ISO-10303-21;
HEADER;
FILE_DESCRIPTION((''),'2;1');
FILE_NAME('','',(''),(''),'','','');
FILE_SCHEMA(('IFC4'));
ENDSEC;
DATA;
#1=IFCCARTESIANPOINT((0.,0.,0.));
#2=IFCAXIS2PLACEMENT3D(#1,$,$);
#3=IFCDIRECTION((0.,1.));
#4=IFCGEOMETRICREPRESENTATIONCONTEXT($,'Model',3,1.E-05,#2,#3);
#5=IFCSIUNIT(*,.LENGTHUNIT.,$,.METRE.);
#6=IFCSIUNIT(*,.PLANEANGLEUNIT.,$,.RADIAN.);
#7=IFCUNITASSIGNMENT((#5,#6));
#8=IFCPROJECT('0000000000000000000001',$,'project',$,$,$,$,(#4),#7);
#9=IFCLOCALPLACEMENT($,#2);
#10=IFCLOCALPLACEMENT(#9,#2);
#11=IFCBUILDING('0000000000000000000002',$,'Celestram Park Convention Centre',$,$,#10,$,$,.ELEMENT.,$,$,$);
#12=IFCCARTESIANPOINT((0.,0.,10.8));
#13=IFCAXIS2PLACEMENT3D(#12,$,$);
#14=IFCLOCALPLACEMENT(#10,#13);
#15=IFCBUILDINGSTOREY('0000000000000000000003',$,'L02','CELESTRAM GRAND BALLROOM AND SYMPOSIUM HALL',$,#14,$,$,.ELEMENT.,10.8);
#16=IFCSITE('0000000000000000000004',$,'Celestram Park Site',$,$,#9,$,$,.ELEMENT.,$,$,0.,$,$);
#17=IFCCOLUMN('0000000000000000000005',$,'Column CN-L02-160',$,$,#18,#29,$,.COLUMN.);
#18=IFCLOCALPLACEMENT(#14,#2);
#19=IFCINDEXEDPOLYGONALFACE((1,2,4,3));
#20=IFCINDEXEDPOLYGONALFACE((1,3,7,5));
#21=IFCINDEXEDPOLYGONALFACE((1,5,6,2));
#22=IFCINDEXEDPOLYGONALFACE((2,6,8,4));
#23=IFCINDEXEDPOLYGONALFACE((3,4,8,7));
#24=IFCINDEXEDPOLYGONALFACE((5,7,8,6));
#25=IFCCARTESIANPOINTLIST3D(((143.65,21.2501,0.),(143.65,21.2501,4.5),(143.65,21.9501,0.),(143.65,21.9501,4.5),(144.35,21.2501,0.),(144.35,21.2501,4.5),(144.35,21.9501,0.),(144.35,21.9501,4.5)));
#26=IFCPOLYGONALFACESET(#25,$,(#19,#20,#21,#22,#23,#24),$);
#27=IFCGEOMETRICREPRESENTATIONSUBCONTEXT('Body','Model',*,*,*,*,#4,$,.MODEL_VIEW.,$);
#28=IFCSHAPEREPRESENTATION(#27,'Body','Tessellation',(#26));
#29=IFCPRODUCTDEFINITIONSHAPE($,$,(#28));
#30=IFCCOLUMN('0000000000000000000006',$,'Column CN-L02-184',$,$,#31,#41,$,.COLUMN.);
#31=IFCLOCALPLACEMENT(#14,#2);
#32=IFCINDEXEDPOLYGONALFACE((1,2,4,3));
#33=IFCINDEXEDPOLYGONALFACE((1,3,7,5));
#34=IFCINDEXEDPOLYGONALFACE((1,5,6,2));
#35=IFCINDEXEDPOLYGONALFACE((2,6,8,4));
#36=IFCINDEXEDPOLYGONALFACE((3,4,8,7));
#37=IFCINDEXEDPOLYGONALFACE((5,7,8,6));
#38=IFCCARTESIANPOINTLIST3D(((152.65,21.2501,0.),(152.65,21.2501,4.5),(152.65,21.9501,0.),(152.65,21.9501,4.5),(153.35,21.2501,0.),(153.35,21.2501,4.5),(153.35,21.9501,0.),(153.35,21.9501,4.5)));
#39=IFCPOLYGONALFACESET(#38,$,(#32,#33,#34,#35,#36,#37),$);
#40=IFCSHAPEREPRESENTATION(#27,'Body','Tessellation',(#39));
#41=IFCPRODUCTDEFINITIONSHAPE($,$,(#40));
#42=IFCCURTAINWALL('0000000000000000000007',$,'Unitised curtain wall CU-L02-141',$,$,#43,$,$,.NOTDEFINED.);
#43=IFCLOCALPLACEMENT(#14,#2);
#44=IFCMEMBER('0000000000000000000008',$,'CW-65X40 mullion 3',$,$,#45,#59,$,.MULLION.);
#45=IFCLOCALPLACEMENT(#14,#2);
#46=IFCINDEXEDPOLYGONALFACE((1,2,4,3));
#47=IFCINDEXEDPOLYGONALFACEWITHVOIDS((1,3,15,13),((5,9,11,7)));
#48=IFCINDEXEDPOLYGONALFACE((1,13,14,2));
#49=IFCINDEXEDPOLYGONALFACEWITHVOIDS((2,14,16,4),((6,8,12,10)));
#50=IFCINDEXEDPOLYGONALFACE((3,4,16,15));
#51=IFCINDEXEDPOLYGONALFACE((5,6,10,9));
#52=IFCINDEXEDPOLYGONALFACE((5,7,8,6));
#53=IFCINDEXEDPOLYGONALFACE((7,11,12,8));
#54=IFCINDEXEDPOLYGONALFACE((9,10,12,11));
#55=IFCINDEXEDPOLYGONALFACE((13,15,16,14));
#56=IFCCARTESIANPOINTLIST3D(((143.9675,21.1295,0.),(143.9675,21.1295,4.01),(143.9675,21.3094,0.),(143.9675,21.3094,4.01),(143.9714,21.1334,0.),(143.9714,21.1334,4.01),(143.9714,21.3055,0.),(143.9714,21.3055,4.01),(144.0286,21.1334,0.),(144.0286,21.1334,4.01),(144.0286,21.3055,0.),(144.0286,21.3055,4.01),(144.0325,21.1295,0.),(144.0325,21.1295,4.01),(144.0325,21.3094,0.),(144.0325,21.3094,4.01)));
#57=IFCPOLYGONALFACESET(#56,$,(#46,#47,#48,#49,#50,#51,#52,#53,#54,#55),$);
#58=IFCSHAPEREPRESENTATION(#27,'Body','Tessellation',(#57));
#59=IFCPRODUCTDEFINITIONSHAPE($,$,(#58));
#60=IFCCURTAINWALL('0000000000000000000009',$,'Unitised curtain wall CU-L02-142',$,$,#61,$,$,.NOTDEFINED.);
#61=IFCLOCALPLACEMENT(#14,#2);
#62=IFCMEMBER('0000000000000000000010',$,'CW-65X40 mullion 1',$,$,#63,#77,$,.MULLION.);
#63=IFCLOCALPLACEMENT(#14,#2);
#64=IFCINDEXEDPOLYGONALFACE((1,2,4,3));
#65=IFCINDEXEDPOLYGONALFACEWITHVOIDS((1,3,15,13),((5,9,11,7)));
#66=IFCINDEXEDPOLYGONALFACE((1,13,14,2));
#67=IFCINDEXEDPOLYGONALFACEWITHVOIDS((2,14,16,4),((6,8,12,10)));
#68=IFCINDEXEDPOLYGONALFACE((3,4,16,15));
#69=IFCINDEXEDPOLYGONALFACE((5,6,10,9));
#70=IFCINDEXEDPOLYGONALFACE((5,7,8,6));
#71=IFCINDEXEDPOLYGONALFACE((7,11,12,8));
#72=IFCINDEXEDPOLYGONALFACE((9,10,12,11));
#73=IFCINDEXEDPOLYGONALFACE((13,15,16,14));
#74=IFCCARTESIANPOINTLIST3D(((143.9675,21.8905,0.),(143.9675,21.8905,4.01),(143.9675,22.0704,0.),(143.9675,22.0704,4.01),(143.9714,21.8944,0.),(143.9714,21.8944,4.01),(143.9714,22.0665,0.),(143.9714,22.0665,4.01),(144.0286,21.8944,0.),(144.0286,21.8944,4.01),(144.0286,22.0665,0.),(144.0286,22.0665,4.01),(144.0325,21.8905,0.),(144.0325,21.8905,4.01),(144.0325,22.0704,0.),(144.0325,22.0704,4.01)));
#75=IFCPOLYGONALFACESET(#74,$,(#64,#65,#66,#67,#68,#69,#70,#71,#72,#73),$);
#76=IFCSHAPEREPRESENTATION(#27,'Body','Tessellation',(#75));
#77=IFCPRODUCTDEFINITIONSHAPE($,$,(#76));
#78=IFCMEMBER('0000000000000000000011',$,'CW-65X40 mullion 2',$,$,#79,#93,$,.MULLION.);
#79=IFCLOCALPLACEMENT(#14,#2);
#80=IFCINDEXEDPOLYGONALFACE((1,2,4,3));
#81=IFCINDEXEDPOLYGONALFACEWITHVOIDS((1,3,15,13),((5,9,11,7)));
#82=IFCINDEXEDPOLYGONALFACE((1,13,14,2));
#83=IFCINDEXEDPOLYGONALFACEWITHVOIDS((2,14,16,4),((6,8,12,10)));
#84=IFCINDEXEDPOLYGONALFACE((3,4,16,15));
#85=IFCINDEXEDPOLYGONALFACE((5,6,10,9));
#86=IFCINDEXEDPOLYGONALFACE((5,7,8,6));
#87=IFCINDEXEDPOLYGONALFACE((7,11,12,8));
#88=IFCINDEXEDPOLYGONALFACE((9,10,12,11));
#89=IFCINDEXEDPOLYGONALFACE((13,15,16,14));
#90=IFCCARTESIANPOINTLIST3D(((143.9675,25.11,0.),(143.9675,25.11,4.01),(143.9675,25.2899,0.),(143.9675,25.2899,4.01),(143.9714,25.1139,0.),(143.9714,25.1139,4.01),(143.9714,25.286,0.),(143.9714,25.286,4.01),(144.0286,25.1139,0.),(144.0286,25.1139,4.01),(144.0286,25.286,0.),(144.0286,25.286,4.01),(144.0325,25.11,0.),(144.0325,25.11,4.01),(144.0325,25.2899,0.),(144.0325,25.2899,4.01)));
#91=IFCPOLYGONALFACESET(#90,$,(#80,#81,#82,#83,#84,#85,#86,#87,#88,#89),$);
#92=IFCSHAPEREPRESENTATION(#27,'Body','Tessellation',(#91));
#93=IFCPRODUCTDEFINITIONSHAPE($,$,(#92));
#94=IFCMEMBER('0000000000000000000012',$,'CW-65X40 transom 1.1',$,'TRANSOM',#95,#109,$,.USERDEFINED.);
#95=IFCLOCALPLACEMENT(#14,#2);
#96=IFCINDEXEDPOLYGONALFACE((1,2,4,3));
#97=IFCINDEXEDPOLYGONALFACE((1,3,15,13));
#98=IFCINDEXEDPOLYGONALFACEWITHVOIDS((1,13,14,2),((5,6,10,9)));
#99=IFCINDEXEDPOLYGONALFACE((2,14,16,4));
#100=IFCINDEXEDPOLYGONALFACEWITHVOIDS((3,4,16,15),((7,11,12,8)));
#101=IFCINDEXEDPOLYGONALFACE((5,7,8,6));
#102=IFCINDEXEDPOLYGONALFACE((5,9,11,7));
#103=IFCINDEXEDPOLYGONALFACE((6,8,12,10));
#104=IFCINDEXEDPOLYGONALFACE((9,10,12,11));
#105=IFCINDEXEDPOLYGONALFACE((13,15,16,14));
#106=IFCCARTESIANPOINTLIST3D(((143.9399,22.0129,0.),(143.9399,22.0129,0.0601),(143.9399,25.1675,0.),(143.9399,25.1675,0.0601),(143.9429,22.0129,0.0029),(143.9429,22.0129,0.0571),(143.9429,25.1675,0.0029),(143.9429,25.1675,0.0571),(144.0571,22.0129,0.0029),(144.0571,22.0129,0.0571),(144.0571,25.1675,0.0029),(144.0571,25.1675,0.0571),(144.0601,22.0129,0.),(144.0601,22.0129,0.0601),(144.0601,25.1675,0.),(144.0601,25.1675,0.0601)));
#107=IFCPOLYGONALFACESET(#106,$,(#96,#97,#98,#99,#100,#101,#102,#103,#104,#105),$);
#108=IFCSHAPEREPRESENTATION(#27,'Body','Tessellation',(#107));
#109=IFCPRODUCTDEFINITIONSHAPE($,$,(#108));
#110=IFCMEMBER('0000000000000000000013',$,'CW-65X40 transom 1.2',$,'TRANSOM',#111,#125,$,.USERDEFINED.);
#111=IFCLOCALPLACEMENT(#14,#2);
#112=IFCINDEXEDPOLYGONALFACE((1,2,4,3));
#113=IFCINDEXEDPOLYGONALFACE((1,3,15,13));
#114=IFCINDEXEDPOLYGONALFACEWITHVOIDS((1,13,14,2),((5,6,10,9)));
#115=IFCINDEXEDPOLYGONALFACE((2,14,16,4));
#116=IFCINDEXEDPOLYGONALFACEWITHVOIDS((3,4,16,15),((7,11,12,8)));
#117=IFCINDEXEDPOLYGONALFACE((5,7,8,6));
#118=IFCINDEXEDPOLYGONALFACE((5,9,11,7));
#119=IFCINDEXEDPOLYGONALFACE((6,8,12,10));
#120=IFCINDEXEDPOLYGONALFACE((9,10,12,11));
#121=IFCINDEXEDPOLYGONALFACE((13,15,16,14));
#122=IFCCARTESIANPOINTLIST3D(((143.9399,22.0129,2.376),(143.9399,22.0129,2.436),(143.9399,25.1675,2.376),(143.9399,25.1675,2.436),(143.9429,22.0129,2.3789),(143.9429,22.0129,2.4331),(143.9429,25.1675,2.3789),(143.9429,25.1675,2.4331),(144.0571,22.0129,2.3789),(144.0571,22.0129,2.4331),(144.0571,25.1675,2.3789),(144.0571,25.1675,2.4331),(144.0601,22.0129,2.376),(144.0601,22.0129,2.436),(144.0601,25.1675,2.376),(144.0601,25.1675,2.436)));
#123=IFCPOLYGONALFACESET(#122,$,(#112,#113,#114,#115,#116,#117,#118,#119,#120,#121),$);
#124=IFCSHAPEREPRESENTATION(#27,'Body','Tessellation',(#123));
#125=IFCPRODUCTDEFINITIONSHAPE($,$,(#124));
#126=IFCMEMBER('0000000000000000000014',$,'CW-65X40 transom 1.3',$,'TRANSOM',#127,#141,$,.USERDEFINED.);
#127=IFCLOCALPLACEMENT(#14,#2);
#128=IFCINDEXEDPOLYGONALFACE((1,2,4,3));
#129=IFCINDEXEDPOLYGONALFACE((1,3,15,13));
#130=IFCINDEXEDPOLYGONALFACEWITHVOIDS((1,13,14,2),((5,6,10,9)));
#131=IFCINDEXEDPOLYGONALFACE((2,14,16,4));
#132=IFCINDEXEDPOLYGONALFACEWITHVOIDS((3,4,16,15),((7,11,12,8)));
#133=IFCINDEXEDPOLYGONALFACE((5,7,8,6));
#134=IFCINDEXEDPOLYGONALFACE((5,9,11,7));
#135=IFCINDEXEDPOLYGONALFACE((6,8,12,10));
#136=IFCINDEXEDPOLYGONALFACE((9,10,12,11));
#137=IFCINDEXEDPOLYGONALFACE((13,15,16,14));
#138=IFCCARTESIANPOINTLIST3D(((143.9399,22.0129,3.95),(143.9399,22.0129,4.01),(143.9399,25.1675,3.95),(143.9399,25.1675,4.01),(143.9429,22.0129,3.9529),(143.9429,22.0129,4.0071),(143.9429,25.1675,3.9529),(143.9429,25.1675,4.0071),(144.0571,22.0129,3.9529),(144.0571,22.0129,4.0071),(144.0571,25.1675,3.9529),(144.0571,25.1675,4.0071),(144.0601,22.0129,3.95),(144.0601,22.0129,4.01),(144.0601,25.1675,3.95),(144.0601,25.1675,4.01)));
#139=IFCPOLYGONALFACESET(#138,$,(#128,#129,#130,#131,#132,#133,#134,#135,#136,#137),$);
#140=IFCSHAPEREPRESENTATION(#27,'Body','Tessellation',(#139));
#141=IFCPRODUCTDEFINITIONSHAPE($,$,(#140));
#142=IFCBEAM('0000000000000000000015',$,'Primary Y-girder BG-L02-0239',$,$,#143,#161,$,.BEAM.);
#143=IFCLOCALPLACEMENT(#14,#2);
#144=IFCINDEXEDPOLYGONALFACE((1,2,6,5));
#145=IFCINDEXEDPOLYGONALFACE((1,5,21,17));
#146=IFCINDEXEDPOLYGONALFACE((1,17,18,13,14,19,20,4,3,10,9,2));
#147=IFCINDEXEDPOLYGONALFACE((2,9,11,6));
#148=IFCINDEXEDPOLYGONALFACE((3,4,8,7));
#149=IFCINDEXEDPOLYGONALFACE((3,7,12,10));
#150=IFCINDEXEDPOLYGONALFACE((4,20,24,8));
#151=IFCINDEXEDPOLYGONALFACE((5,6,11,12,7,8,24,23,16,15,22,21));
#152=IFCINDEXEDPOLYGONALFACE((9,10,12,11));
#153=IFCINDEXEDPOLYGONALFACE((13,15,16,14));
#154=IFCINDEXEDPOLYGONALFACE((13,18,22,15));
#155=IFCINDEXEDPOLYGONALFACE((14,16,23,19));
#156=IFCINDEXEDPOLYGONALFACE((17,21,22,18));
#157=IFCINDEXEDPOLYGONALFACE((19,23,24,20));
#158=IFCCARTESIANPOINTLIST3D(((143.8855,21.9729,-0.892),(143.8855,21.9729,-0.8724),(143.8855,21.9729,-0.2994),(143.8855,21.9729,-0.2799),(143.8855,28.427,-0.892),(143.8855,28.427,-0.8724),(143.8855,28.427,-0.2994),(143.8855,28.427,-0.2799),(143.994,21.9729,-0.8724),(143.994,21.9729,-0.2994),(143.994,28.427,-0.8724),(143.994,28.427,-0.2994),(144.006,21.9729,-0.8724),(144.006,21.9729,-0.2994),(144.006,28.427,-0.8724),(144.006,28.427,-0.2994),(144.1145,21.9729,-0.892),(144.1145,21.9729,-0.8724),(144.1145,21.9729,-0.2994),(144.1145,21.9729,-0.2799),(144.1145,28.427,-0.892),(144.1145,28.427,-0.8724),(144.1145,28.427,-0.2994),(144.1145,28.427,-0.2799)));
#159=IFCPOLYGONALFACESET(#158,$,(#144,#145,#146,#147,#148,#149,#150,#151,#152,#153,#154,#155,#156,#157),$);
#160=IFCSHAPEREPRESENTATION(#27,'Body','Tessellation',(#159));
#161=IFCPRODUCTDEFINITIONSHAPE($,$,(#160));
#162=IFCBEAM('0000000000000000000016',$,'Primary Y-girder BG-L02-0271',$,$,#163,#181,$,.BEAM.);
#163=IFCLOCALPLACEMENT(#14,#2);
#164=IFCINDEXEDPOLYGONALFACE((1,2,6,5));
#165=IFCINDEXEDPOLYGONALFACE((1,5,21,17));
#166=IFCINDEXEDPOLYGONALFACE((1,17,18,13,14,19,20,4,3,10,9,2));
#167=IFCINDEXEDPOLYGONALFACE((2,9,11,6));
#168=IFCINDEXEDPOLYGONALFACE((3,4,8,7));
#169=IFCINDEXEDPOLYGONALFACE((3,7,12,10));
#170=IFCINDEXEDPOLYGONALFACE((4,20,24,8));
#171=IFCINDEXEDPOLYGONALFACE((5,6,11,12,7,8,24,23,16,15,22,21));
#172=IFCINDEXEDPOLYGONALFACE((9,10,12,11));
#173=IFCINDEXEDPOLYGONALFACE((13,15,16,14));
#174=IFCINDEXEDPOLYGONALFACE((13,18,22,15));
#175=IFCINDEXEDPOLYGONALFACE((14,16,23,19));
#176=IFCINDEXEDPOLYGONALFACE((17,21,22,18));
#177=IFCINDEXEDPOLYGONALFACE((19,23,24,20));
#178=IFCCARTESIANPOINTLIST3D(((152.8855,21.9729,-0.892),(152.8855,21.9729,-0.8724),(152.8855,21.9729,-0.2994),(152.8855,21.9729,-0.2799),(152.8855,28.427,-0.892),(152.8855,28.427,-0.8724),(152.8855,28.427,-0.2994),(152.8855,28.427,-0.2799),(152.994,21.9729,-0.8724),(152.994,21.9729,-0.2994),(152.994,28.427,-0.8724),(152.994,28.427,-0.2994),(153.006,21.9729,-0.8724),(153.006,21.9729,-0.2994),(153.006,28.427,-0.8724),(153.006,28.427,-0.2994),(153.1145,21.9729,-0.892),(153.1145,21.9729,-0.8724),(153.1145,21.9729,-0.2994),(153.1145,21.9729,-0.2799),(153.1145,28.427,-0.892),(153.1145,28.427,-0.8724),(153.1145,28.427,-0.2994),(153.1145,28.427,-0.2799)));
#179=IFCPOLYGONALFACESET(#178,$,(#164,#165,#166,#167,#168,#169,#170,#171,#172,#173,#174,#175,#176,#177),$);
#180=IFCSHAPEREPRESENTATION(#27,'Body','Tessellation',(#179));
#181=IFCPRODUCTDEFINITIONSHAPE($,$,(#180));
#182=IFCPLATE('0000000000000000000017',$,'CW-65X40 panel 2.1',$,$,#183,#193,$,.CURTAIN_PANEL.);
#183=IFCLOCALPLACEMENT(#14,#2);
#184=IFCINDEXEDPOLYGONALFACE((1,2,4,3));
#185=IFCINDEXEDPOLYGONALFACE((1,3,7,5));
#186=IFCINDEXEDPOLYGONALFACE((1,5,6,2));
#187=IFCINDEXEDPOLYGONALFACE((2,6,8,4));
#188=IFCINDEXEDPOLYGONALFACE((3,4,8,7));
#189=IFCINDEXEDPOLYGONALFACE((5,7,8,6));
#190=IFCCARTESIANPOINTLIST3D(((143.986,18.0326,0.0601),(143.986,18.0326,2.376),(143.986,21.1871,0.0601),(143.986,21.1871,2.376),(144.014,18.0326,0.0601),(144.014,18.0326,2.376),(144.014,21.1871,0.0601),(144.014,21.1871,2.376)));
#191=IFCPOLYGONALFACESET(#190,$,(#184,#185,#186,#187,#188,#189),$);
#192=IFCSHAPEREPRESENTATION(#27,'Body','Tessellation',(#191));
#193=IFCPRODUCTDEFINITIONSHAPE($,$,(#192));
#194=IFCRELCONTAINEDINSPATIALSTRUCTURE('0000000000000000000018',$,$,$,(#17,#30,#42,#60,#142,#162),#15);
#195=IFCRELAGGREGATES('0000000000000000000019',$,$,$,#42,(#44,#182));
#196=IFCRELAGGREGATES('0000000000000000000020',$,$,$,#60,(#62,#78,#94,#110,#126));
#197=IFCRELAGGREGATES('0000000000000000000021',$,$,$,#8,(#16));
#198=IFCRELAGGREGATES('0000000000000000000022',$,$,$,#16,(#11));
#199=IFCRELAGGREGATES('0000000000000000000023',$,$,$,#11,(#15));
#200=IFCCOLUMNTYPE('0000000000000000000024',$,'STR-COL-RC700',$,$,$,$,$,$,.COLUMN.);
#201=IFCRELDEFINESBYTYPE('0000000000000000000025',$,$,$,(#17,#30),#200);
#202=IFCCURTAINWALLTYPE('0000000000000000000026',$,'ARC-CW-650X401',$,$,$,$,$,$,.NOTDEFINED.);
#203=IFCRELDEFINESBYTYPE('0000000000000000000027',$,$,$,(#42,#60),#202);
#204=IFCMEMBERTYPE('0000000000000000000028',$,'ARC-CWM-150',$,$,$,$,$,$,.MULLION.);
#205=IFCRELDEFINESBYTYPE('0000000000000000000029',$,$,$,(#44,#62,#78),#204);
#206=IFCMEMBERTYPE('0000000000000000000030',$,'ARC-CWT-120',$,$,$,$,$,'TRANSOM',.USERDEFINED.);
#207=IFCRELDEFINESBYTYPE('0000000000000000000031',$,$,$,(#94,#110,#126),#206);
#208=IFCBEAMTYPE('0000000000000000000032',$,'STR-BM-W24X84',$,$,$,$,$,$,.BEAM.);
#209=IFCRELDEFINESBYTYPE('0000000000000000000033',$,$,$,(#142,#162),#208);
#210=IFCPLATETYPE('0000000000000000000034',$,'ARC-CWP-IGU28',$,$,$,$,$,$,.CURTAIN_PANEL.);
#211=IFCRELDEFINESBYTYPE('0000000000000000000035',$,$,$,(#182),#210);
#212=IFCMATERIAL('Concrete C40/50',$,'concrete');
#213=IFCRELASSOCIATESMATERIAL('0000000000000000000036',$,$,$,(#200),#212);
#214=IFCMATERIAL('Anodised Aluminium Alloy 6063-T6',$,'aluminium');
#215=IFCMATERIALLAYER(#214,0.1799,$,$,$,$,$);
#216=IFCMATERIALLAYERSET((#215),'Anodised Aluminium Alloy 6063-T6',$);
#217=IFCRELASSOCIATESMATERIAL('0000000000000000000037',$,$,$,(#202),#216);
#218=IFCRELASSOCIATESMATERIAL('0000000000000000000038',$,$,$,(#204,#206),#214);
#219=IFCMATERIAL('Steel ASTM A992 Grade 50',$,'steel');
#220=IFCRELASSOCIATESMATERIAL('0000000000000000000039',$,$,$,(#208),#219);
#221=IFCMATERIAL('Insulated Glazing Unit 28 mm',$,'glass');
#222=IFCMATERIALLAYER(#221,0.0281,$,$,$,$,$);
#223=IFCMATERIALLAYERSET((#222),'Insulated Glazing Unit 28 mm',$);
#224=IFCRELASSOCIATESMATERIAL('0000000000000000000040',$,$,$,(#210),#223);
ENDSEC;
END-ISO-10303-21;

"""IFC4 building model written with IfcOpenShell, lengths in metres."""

from ifc_helpers import new_model, si_unit, direction, frame, origin, origin_2d, place, context, subcontext, project, spatial, rectangle, hollow_rectangle, i_section, extrude, material, layer, layer_set, material_profile, profile_set, type_object, element, aggregate, save


model = new_model("IFC4")

# Units and contexts
model_context = context("Model", 3, precision=1e-05, world=origin(), true_north=direction((0.0, 1.0)))
body_context = subcontext(model_context, "Body", "Model", "MODEL_VIEW")
ifc_project = project(units=[si_unit("LENGTHUNIT", "METRE"), si_unit("PLANEANGLEUNIT", "RADIAN")], contexts=[model_context])

# Site, building, storey
site_placement = place(None, origin())
site = spatial("IfcSite", under=ifc_project, at=site_placement, Name="Celestram Park Site", CompositionType="ELEMENT", RefElevation=0.0)
building_placement = place(site_placement, origin())
building = spatial("IfcBuilding", under=site, at=building_placement, Name="Celestram Park Convention Centre", CompositionType="ELEMENT")
storey_placement = place(building_placement, frame((0.0, 0.0, 10.8)))
storey = spatial("IfcBuildingStorey", under=building, at=storey_placement, Name="L02", Description="CELESTRAM GRAND BALLROOM AND SYMPOSIUM HALL", CompositionType="ELEMENT", Elevation=10.8)

# Columns
ifc_material_1 = material(Name="Concrete C40/50", Category="concrete")
ifc_material_profile_1 = material_profile(ifc_material_1, rectangle(XDim=0.7, YDim=0.7, at=origin_2d()), Name="RC700X700")
ifc_profile_set_1 = profile_set([ifc_material_profile_1], Name="Concrete C40/50")
column_type = type_object("IfcColumnType", Name="STR-COL-RC700", PredefinedType="COLUMN", material=ifc_profile_set_1)
for number, where, z_axis, x_axis, name in (
    (1, (144.0, 21.6001, 0.0), (0.0, 0.0, 1.0), (1.0, 0.0, 0.0), "Column CN-L02-160"),
    (2, (153.0, 21.6001, 0.0), (0.0, 0.0, 1.0), (1.0, 0.0, 0.0), "Column CN-L02-184"),
):
    element("IfcColumn", number, at=place(storey_placement, frame(where, z_axis=z_axis, x_axis=x_axis)), inside=storey, type_object=column_type, Name=name, PredefinedType="COLUMN", context=body_context, shape_type="SweptSolid", body=[
        extrude(rectangle(XDim=0.7, YDim=0.7, at=origin_2d()), origin(), (0.0, 0.0, 1.0), 4.5),
    ])

# Curtain wall, member
ifc_material_2 = material(Name="Anodised Aluminium Alloy 6063-T6", Category="aluminium")
ifc_layer_1 = layer(ifc_material_2, 0.1799)
ifc_layer_set_1 = layer_set([ifc_layer_1], Name="Anodised Aluminium Alloy 6063-T6")
curtain_wall_type = type_object("IfcCurtainWallType", Name="ARC-CW-650X401", PredefinedType="NOTDEFINED", material=ifc_layer_set_1)
curtain_wall_1_placement = place(storey_placement, origin())
curtain_wall_1 = element("IfcCurtainWall", 3, at=curtain_wall_1_placement, inside=storey, type_object=curtain_wall_type, Name="Unitised curtain wall CU-L02-141", PredefinedType="NOTDEFINED")
ifc_material_profile_2 = material_profile(ifc_material_2, hollow_rectangle(XDim=0.0649, YDim=0.1799, WallThickness=0.0039, at=origin_2d()), Name="ALU65X180X4")
ifc_profile_set_2 = profile_set([ifc_material_profile_2], Name="Anodised Aluminium Alloy 6063-T6")
member_type_1 = type_object("IfcMemberType", Name="ARC-CWM-150", PredefinedType="MULLION", material=ifc_profile_set_2)
member_1_placement = place(storey_placement, frame((144.0, 21.2195, 0.0), z_axis=(0.0, 0.0, 1.0), x_axis=(-1.0, 0.0, 0.0)))
member_1 = element("IfcMember", 4, at=member_1_placement, type_object=member_type_1, Name="CW-65X40 mullion 3", PredefinedType="MULLION", context=body_context, shape_type="SweptSolid", body=[
    extrude(hollow_rectangle(XDim=0.0649, YDim=0.1799, WallThickness=0.0039, at=origin_2d()), origin(), (0.0, 0.0, 1.0), 4.01),
])

# Curtain wall, members
curtain_wall_2_placement = place(storey_placement, origin())
curtain_wall_2 = element("IfcCurtainWall", 5, at=curtain_wall_2_placement, inside=storey, type_object=curtain_wall_type, Name="Unitised curtain wall CU-L02-142", PredefinedType="NOTDEFINED")
member_2_placement = place(storey_placement, frame((144.0, 21.9805, 0.0), z_axis=(0.0, 0.0, 1.0), x_axis=(-1.0, 0.0, 0.0)))
member_2 = element("IfcMember", 6, at=member_2_placement, type_object=member_type_1, Name="CW-65X40 mullion 1", PredefinedType="MULLION", context=body_context, shape_type="SweptSolid", body=[
    extrude(hollow_rectangle(XDim=0.0649, YDim=0.1799, WallThickness=0.0039, at=origin_2d()), origin(), (0.0, 0.0, 1.0), 4.01),
])
member_3_placement = place(storey_placement, frame((144.0, 25.2, 0.0), z_axis=(0.0, 0.0, 1.0), x_axis=(-1.0, 0.0, 0.0)))
member_3 = element("IfcMember", 7, at=member_3_placement, type_object=member_type_1, Name="CW-65X40 mullion 2", PredefinedType="MULLION", context=body_context, shape_type="SweptSolid", body=[
    extrude(hollow_rectangle(XDim=0.0649, YDim=0.1799, WallThickness=0.0039, at=origin_2d()), origin(), (0.0, 0.0, 1.0), 4.01),
])
ifc_material_profile_3 = material_profile(ifc_material_2, hollow_rectangle(XDim=0.1201, YDim=0.0601, WallThickness=0.0029, at=origin_2d()), Name="ALU120X60X3")
ifc_profile_set_3 = profile_set([ifc_material_profile_3], Name="Anodised Aluminium Alloy 6063-T6")
member_type_2 = type_object("IfcMemberType", Name="ARC-CWT-120", ElementType="TRANSOM", PredefinedType="USERDEFINED", material=ifc_profile_set_3)
member_4_placement = place(storey_placement, frame((144.0, 22.0129, 0.03), z_axis=(0.0, 1.0, 0.0), x_axis=(-1.0, 0.0, 0.0)))
member_4 = element("IfcMember", 8, at=member_4_placement, type_object=member_type_2, Name="CW-65X40 transom 1.1", ObjectType="TRANSOM", PredefinedType="USERDEFINED", context=body_context, shape_type="SweptSolid", body=[
    extrude(hollow_rectangle(XDim=0.1201, YDim=0.0601, WallThickness=0.0029, at=origin_2d()), origin(), (0.0, 0.0, 1.0), 3.1545),
])
member_5_placement = place(storey_placement, frame((144.0, 22.0129, 2.406), z_axis=(0.0, 1.0, 0.0), x_axis=(-1.0, 0.0, 0.0)))
member_5 = element("IfcMember", 9, at=member_5_placement, type_object=member_type_2, Name="CW-65X40 transom 1.2", ObjectType="TRANSOM", PredefinedType="USERDEFINED", context=body_context, shape_type="SweptSolid", body=[
    extrude(hollow_rectangle(XDim=0.1201, YDim=0.0601, WallThickness=0.0029, at=origin_2d()), origin(), (0.0, 0.0, 1.0), 3.1545),
])
member_6_placement = place(storey_placement, frame((144.0, 22.0129, 3.98), z_axis=(0.0, 1.0, 0.0), x_axis=(-1.0, 0.0, 0.0)))
member_6 = element("IfcMember", 10, at=member_6_placement, type_object=member_type_2, Name="CW-65X40 transom 1.3", ObjectType="TRANSOM", PredefinedType="USERDEFINED", context=body_context, shape_type="SweptSolid", body=[
    extrude(hollow_rectangle(XDim=0.1201, YDim=0.0601, WallThickness=0.0029, at=origin_2d()), origin(), (0.0, 0.0, 1.0), 3.1545),
])

# Beams
ifc_material_3 = material(Name="Steel ASTM A992 Grade 50", Category="steel")
ifc_material_profile_4 = material_profile(ifc_material_3, i_section(OverallWidth=0.229, OverallDepth=0.6121, WebThickness=0.012, FlangeThickness=0.0195, at=origin_2d()), Name="W24X84")
ifc_profile_set_4 = profile_set([ifc_material_profile_4], Name="Steel ASTM A992 Grade 50")
beam_type = type_object("IfcBeamType", Name="STR-BM-W24X84", PredefinedType="BEAM", material=ifc_profile_set_4)
for number, where, z_axis, x_axis, name in (
    (11, (144.0, 21.9729, -0.5859), (0.0, 1.0, 0.0), (-1.0, 0.0, 0.0), "Primary Y-girder BG-L02-0239"),
    (12, (153.0, 21.9729, -0.5859), (0.0, 1.0, 0.0), (-1.0, 0.0, 0.0), "Primary Y-girder BG-L02-0271"),
):
    element("IfcBeam", number, at=place(storey_placement, frame(where, z_axis=z_axis, x_axis=x_axis)), inside=storey, type_object=beam_type, Name=name, PredefinedType="BEAM", context=body_context, shape_type="SweptSolid", body=[
        extrude(i_section(OverallWidth=0.229, OverallDepth=0.6121, WebThickness=0.012, FlangeThickness=0.0195, at=origin_2d()), origin(), (0.0, 0.0, 1.0), 6.4541),
    ])

# Plate
ifc_material_4 = material(Name="Insulated Glazing Unit 28 mm", Category="glass")
ifc_layer_2 = layer(ifc_material_4, 0.0281)
ifc_layer_set_2 = layer_set([ifc_layer_2], Name="Insulated Glazing Unit 28 mm")
plate_type = type_object("IfcPlateType", Name="ARC-CWP-IGU28", PredefinedType="CURTAIN_PANEL", material=ifc_layer_set_2)
plate_1_placement = place(storey_placement, frame((144.0, 19.6099, 0.0601), z_axis=(0.0, 0.0, 1.0), x_axis=(0.0, 1.0, 0.0)))
plate_1 = element("IfcPlate", 13, at=plate_1_placement, type_object=plate_type, Name="CW-65X40 panel 2.1", PredefinedType="CURTAIN_PANEL", context=body_context, shape_type="SweptSolid", body=[
    extrude(rectangle(XDim=3.1545, YDim=0.0281, at=origin_2d()), origin(), (0.0, 0.0, 1.0), 2.3159),
])
aggregate(curtain_wall_1, [member_1, plate_1])
aggregate(curtain_wall_2, [member_2, member_3, member_4, member_5, member_6])

save(model, "model.ifc")
